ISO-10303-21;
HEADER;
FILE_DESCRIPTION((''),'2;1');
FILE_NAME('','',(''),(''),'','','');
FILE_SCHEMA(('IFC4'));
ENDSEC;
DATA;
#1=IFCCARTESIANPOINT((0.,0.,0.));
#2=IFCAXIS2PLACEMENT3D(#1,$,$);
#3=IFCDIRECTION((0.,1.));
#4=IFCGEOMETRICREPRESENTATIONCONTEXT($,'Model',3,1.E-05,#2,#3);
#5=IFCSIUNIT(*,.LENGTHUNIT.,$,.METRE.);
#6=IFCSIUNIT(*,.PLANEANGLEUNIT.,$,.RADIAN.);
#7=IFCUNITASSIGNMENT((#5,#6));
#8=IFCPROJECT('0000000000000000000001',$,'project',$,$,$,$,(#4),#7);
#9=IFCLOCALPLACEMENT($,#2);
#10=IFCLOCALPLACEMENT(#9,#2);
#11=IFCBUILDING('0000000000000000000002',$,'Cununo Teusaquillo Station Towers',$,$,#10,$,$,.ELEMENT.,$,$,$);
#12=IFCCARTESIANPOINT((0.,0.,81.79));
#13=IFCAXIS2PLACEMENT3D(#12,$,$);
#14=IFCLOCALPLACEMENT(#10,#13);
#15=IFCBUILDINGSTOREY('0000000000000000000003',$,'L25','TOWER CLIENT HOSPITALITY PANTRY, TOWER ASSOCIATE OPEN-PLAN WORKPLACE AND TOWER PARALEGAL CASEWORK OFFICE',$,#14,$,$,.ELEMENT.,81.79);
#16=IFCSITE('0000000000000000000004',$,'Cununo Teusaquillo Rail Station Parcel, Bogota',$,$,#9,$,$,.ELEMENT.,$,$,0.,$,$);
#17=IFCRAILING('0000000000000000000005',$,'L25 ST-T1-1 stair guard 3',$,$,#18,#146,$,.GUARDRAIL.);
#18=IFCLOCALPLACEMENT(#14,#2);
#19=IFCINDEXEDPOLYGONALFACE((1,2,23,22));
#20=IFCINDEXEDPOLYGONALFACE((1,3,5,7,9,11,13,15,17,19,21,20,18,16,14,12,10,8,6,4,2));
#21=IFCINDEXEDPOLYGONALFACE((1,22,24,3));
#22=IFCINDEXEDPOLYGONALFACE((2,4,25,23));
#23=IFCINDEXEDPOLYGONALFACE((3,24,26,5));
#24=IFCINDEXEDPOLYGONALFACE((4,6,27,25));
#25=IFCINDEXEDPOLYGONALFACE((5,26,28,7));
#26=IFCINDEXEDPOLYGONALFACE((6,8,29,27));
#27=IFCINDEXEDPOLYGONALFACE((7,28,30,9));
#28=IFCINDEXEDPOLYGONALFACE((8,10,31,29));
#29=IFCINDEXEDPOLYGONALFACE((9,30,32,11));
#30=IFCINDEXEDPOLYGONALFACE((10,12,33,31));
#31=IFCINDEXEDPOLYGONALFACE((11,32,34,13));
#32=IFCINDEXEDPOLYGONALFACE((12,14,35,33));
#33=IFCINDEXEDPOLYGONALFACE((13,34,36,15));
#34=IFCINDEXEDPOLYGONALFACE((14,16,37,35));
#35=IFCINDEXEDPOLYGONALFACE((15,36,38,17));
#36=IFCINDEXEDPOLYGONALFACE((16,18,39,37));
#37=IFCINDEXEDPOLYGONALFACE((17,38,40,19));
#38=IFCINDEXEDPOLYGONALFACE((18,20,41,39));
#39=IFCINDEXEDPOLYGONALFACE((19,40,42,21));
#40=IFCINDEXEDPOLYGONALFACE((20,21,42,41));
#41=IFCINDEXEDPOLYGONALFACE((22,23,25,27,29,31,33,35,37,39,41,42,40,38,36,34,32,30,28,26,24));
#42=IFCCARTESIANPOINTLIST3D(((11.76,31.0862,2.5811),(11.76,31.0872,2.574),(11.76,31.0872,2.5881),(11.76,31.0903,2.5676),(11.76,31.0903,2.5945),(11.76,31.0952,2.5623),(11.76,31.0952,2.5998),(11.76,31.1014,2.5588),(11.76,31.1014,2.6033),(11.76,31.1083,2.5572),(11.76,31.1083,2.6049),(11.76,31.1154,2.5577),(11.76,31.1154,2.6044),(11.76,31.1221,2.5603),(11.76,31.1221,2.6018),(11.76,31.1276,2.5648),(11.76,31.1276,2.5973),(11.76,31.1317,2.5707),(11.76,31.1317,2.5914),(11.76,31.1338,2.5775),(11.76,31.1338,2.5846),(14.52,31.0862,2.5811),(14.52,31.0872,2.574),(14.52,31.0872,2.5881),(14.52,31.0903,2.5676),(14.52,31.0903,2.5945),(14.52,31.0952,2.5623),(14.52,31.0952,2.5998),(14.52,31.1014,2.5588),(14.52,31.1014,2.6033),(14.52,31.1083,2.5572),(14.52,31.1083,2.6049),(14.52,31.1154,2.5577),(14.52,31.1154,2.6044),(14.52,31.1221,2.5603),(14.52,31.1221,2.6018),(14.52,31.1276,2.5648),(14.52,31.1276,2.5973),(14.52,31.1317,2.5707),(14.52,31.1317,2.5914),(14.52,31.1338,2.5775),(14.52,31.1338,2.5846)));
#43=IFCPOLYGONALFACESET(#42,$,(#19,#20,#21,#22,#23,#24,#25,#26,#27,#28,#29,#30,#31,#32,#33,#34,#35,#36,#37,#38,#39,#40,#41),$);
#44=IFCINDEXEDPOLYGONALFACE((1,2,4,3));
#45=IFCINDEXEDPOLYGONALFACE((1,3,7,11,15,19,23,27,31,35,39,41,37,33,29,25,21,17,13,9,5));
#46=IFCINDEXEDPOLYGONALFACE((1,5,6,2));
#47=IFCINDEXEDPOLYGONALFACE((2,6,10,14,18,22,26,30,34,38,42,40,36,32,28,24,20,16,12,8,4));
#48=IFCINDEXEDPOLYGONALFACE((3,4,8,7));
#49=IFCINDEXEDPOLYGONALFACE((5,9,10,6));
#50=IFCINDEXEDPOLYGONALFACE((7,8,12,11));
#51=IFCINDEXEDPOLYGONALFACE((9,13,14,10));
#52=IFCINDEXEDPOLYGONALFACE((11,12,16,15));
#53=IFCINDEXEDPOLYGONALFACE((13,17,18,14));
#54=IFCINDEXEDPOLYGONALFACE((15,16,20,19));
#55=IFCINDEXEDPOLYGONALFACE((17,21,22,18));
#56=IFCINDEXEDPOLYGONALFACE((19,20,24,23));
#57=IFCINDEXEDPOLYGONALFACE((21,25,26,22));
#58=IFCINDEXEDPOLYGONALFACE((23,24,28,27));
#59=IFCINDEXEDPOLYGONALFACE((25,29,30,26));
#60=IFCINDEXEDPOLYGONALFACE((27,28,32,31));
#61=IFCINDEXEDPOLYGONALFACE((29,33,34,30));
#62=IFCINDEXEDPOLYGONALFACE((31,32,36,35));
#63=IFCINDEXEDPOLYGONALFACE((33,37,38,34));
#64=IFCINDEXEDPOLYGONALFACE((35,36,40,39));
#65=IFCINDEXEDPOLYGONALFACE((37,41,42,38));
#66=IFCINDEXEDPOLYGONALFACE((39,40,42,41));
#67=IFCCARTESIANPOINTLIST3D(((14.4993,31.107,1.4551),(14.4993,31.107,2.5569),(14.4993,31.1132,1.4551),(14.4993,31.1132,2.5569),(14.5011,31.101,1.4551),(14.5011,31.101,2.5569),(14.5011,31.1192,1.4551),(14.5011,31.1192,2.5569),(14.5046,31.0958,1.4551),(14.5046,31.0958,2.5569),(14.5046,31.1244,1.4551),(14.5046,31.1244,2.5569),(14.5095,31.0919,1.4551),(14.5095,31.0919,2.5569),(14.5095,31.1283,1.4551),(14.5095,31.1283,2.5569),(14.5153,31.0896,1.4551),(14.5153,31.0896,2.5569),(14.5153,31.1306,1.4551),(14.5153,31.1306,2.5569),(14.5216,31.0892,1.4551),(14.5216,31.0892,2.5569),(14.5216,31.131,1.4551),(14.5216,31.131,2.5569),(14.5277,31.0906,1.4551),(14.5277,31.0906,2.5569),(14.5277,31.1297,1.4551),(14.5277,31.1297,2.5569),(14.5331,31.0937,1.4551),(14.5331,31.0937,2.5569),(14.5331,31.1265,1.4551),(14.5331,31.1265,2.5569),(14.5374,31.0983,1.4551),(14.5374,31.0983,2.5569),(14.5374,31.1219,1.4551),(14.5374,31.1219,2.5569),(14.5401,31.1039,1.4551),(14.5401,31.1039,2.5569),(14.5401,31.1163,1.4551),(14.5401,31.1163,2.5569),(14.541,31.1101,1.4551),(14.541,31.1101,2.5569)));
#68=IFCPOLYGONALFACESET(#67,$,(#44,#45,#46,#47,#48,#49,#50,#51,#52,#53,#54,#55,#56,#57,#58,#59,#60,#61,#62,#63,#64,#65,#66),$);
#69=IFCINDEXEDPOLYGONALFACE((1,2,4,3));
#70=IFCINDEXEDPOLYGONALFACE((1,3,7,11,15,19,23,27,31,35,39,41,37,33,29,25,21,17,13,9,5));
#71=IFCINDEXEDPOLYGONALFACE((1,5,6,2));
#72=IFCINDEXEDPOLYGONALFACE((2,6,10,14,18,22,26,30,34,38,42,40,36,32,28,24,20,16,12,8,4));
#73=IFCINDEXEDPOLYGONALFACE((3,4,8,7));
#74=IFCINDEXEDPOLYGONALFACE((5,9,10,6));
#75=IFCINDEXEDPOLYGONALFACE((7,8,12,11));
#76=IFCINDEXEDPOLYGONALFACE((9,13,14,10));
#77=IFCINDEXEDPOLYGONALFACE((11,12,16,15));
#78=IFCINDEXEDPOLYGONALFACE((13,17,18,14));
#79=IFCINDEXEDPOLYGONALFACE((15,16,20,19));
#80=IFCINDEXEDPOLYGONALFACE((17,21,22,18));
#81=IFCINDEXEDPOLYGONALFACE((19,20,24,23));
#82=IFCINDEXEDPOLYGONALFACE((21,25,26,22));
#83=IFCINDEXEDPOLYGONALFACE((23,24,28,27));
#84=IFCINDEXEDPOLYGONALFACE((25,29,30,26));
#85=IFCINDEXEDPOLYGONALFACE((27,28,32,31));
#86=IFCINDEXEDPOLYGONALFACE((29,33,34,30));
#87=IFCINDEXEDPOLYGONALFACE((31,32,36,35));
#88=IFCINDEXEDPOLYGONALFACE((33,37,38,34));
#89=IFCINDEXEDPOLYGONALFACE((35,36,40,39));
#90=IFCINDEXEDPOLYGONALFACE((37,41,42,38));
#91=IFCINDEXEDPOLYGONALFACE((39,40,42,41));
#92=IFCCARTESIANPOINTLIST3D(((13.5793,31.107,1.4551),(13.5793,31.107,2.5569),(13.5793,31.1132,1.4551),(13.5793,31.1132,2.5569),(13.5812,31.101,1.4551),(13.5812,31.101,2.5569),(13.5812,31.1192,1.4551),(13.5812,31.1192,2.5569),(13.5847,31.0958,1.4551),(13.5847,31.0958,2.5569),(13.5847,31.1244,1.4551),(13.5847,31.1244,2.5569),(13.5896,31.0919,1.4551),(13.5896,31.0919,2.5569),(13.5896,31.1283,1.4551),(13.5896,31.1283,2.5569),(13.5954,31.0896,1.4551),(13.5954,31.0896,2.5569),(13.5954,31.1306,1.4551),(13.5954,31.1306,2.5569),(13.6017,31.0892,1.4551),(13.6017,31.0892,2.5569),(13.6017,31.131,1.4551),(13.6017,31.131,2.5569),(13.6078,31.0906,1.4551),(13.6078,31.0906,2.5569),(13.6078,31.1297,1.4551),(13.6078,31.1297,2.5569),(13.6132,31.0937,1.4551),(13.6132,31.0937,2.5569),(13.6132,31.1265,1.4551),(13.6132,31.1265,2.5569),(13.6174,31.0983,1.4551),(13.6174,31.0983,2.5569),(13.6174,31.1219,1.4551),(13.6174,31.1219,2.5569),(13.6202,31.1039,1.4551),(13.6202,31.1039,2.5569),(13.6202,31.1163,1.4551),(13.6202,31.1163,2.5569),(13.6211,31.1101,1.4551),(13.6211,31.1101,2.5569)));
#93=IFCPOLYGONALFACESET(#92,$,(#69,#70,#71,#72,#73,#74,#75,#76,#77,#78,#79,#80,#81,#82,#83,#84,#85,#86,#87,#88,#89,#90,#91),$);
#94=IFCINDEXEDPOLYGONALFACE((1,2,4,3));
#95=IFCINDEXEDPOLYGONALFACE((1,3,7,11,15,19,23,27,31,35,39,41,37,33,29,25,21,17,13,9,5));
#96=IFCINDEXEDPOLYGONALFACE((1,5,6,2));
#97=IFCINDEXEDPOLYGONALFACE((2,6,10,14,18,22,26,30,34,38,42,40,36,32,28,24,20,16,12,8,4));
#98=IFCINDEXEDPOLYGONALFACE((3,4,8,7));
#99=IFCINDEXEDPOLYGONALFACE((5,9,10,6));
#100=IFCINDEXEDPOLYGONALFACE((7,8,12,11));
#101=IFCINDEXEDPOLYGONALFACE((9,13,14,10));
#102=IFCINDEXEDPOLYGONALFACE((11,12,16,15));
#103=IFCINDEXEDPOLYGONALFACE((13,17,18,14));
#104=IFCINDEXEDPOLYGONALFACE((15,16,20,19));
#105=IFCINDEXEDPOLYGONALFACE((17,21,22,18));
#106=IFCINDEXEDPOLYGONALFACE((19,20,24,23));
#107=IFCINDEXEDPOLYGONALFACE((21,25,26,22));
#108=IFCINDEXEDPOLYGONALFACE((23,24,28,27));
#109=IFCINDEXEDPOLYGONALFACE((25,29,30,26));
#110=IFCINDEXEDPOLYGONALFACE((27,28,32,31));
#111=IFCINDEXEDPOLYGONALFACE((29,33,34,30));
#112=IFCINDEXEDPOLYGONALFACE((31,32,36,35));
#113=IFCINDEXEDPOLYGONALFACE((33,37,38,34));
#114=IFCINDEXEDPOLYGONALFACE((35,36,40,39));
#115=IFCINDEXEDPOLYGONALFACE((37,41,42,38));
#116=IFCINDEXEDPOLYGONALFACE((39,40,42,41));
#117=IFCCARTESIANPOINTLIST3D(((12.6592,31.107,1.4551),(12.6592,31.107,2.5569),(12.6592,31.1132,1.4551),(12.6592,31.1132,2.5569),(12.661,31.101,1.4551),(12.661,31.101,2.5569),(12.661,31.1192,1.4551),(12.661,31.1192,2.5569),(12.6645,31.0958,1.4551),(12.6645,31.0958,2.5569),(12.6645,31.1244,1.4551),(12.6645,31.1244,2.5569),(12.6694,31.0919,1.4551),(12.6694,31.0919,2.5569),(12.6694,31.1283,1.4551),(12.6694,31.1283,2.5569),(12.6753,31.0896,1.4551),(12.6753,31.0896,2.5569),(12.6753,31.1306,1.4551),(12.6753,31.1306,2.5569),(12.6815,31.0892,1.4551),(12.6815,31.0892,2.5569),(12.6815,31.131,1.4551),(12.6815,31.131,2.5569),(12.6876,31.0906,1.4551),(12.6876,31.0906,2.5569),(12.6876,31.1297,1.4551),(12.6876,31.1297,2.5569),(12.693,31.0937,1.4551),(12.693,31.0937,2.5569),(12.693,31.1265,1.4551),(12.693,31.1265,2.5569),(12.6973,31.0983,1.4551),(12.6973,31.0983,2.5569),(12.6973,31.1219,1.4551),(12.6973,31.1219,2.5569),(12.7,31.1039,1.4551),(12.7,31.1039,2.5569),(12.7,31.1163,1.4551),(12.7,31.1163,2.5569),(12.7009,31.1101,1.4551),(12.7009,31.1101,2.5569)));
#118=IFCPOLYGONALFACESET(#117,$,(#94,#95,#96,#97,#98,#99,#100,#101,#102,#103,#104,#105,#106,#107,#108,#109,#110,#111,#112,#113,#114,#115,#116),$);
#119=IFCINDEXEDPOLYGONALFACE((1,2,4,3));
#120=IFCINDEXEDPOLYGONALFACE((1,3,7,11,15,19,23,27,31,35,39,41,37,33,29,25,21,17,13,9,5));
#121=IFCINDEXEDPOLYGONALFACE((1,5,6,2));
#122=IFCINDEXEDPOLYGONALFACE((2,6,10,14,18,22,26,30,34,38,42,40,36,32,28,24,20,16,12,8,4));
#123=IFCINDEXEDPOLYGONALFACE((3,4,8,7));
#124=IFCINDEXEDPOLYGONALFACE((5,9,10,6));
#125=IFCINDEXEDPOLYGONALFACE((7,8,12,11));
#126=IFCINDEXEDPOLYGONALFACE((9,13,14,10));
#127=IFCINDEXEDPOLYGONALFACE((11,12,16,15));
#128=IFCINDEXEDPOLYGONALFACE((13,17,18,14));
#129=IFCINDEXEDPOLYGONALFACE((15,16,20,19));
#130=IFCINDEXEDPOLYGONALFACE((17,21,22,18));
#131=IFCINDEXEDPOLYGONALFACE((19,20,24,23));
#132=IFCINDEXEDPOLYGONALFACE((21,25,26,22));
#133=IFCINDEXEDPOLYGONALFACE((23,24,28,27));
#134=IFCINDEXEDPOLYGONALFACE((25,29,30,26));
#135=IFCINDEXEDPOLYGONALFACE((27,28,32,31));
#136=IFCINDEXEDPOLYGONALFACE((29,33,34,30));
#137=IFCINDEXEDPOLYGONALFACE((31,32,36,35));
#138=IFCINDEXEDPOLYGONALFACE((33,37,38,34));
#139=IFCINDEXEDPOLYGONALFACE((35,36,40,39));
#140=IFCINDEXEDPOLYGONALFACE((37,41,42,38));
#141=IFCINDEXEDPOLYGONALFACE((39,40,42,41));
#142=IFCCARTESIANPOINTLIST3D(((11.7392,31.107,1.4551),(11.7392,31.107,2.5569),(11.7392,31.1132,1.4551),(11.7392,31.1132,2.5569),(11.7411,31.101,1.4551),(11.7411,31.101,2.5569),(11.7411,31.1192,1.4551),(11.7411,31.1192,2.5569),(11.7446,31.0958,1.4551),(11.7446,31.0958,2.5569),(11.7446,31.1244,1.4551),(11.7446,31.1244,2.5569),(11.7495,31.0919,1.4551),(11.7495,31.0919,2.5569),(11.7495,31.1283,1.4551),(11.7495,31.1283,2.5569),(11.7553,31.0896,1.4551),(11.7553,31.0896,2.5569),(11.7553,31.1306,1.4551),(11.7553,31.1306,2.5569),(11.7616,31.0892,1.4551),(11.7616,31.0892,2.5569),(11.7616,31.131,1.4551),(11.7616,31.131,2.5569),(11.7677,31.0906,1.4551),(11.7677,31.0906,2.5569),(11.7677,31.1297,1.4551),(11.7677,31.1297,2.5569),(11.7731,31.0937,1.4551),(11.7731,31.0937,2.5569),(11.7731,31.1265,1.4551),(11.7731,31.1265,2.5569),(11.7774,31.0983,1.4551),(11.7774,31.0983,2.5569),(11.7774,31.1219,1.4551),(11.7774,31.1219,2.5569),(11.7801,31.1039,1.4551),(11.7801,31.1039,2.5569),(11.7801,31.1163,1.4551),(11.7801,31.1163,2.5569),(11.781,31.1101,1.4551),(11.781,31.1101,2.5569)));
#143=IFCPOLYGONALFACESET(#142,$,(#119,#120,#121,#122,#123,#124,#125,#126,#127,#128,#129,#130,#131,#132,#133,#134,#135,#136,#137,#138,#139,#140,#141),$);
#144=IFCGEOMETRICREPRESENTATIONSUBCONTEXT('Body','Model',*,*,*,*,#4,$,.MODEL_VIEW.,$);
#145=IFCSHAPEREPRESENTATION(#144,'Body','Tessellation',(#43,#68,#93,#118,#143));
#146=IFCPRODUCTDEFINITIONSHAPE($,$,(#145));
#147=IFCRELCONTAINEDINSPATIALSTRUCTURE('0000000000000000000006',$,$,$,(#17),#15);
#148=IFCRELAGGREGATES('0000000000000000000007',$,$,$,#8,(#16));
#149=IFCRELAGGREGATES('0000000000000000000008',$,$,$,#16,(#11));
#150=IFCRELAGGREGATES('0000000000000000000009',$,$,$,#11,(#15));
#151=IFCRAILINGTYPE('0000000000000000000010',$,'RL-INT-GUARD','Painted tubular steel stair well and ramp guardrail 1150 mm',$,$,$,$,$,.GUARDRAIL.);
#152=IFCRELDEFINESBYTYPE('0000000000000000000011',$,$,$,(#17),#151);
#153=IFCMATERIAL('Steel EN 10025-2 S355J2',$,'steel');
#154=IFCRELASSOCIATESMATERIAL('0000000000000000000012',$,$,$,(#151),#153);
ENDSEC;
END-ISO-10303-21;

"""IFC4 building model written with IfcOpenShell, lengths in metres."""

from ifc_helpers import new_model, si_unit, direction, frame, origin, origin_2d, place, context, subcontext, project, spatial, circle, extrude, material, type_object, element, save


model = new_model("IFC4")

# Units and contexts
model_context = context("Model", 3, precision=1e-05, world=origin(), true_north=direction((0.0, 1.0)))
body_context = subcontext(model_context, "Body", "Model", "MODEL_VIEW")
ifc_project = project(units=[si_unit("LENGTHUNIT", "METRE"), si_unit("PLANEANGLEUNIT", "RADIAN")], contexts=[model_context])

# Site, building, storey
site_placement = place(None, origin())
site = spatial("IfcSite", under=ifc_project, at=site_placement, Name="Cununo Teusaquillo Rail Station Parcel, Bogota", CompositionType="ELEMENT", RefElevation=0.0)
building_placement = place(site_placement, origin())
building = spatial("IfcBuilding", under=site, at=building_placement, Name="Cununo Teusaquillo Station Towers", CompositionType="ELEMENT")
storey_placement = place(building_placement, frame((0.0, 0.0, 81.79)))
storey = spatial("IfcBuildingStorey", under=building, at=storey_placement, Name="L25", Description="TOWER CLIENT HOSPITALITY PANTRY, TOWER ASSOCIATE OPEN-PLAN WORKPLACE AND TOWER PARALEGAL CASEWORK OFFICE", CompositionType="ELEMENT", Elevation=81.79)

# Railing
ifc_material_1 = material(Name="Steel EN 10025-2 S355J2", Category="steel")
railing_type_1 = type_object("IfcRailingType", Name="RL-INT-GUARD", Description="Painted tubular steel stair well and ramp guardrail 1150 mm", PredefinedType="GUARDRAIL", material=ifc_material_1)
railing_1_placement = place(storey_placement, frame((14.52, 31.1101, 1.4551)))
element("IfcRailing", 1, at=railing_1_placement, inside=storey, type_object=railing_type_1, Name="L25 ST-T1-1 stair guard 3", PredefinedType="GUARDRAIL", context=body_context, shape_type="SweptSolid", body=[
    extrude(circle(Radius=0.0239, at=origin_2d()), frame((0.0, 0.0, 1.126), z_axis=(-1.0, 0.0, 0.0), x_axis=(0.0, -1.0, 0.0)), (0.0, 0.0, 1.0), 2.76),
    extrude(circle(Radius=0.021, at=origin_2d()), origin(), (0.0, 0.0, 1.0), 1.1018),
    extrude(circle(Radius=0.021, at=origin_2d()), frame((-0.9199, 0.0, 0.0)), (0.0, 0.0, 1.0), 1.1018),
    extrude(circle(Radius=0.021, at=origin_2d()), frame((-1.8401, 0.0, 0.0)), (0.0, 0.0, 1.0), 1.1018),
    extrude(circle(Radius=0.021, at=origin_2d()), frame((-2.76, 0.0, 0.0)), (0.0, 0.0, 1.0), 1.1018),
])

save(model, "model.ifc")
